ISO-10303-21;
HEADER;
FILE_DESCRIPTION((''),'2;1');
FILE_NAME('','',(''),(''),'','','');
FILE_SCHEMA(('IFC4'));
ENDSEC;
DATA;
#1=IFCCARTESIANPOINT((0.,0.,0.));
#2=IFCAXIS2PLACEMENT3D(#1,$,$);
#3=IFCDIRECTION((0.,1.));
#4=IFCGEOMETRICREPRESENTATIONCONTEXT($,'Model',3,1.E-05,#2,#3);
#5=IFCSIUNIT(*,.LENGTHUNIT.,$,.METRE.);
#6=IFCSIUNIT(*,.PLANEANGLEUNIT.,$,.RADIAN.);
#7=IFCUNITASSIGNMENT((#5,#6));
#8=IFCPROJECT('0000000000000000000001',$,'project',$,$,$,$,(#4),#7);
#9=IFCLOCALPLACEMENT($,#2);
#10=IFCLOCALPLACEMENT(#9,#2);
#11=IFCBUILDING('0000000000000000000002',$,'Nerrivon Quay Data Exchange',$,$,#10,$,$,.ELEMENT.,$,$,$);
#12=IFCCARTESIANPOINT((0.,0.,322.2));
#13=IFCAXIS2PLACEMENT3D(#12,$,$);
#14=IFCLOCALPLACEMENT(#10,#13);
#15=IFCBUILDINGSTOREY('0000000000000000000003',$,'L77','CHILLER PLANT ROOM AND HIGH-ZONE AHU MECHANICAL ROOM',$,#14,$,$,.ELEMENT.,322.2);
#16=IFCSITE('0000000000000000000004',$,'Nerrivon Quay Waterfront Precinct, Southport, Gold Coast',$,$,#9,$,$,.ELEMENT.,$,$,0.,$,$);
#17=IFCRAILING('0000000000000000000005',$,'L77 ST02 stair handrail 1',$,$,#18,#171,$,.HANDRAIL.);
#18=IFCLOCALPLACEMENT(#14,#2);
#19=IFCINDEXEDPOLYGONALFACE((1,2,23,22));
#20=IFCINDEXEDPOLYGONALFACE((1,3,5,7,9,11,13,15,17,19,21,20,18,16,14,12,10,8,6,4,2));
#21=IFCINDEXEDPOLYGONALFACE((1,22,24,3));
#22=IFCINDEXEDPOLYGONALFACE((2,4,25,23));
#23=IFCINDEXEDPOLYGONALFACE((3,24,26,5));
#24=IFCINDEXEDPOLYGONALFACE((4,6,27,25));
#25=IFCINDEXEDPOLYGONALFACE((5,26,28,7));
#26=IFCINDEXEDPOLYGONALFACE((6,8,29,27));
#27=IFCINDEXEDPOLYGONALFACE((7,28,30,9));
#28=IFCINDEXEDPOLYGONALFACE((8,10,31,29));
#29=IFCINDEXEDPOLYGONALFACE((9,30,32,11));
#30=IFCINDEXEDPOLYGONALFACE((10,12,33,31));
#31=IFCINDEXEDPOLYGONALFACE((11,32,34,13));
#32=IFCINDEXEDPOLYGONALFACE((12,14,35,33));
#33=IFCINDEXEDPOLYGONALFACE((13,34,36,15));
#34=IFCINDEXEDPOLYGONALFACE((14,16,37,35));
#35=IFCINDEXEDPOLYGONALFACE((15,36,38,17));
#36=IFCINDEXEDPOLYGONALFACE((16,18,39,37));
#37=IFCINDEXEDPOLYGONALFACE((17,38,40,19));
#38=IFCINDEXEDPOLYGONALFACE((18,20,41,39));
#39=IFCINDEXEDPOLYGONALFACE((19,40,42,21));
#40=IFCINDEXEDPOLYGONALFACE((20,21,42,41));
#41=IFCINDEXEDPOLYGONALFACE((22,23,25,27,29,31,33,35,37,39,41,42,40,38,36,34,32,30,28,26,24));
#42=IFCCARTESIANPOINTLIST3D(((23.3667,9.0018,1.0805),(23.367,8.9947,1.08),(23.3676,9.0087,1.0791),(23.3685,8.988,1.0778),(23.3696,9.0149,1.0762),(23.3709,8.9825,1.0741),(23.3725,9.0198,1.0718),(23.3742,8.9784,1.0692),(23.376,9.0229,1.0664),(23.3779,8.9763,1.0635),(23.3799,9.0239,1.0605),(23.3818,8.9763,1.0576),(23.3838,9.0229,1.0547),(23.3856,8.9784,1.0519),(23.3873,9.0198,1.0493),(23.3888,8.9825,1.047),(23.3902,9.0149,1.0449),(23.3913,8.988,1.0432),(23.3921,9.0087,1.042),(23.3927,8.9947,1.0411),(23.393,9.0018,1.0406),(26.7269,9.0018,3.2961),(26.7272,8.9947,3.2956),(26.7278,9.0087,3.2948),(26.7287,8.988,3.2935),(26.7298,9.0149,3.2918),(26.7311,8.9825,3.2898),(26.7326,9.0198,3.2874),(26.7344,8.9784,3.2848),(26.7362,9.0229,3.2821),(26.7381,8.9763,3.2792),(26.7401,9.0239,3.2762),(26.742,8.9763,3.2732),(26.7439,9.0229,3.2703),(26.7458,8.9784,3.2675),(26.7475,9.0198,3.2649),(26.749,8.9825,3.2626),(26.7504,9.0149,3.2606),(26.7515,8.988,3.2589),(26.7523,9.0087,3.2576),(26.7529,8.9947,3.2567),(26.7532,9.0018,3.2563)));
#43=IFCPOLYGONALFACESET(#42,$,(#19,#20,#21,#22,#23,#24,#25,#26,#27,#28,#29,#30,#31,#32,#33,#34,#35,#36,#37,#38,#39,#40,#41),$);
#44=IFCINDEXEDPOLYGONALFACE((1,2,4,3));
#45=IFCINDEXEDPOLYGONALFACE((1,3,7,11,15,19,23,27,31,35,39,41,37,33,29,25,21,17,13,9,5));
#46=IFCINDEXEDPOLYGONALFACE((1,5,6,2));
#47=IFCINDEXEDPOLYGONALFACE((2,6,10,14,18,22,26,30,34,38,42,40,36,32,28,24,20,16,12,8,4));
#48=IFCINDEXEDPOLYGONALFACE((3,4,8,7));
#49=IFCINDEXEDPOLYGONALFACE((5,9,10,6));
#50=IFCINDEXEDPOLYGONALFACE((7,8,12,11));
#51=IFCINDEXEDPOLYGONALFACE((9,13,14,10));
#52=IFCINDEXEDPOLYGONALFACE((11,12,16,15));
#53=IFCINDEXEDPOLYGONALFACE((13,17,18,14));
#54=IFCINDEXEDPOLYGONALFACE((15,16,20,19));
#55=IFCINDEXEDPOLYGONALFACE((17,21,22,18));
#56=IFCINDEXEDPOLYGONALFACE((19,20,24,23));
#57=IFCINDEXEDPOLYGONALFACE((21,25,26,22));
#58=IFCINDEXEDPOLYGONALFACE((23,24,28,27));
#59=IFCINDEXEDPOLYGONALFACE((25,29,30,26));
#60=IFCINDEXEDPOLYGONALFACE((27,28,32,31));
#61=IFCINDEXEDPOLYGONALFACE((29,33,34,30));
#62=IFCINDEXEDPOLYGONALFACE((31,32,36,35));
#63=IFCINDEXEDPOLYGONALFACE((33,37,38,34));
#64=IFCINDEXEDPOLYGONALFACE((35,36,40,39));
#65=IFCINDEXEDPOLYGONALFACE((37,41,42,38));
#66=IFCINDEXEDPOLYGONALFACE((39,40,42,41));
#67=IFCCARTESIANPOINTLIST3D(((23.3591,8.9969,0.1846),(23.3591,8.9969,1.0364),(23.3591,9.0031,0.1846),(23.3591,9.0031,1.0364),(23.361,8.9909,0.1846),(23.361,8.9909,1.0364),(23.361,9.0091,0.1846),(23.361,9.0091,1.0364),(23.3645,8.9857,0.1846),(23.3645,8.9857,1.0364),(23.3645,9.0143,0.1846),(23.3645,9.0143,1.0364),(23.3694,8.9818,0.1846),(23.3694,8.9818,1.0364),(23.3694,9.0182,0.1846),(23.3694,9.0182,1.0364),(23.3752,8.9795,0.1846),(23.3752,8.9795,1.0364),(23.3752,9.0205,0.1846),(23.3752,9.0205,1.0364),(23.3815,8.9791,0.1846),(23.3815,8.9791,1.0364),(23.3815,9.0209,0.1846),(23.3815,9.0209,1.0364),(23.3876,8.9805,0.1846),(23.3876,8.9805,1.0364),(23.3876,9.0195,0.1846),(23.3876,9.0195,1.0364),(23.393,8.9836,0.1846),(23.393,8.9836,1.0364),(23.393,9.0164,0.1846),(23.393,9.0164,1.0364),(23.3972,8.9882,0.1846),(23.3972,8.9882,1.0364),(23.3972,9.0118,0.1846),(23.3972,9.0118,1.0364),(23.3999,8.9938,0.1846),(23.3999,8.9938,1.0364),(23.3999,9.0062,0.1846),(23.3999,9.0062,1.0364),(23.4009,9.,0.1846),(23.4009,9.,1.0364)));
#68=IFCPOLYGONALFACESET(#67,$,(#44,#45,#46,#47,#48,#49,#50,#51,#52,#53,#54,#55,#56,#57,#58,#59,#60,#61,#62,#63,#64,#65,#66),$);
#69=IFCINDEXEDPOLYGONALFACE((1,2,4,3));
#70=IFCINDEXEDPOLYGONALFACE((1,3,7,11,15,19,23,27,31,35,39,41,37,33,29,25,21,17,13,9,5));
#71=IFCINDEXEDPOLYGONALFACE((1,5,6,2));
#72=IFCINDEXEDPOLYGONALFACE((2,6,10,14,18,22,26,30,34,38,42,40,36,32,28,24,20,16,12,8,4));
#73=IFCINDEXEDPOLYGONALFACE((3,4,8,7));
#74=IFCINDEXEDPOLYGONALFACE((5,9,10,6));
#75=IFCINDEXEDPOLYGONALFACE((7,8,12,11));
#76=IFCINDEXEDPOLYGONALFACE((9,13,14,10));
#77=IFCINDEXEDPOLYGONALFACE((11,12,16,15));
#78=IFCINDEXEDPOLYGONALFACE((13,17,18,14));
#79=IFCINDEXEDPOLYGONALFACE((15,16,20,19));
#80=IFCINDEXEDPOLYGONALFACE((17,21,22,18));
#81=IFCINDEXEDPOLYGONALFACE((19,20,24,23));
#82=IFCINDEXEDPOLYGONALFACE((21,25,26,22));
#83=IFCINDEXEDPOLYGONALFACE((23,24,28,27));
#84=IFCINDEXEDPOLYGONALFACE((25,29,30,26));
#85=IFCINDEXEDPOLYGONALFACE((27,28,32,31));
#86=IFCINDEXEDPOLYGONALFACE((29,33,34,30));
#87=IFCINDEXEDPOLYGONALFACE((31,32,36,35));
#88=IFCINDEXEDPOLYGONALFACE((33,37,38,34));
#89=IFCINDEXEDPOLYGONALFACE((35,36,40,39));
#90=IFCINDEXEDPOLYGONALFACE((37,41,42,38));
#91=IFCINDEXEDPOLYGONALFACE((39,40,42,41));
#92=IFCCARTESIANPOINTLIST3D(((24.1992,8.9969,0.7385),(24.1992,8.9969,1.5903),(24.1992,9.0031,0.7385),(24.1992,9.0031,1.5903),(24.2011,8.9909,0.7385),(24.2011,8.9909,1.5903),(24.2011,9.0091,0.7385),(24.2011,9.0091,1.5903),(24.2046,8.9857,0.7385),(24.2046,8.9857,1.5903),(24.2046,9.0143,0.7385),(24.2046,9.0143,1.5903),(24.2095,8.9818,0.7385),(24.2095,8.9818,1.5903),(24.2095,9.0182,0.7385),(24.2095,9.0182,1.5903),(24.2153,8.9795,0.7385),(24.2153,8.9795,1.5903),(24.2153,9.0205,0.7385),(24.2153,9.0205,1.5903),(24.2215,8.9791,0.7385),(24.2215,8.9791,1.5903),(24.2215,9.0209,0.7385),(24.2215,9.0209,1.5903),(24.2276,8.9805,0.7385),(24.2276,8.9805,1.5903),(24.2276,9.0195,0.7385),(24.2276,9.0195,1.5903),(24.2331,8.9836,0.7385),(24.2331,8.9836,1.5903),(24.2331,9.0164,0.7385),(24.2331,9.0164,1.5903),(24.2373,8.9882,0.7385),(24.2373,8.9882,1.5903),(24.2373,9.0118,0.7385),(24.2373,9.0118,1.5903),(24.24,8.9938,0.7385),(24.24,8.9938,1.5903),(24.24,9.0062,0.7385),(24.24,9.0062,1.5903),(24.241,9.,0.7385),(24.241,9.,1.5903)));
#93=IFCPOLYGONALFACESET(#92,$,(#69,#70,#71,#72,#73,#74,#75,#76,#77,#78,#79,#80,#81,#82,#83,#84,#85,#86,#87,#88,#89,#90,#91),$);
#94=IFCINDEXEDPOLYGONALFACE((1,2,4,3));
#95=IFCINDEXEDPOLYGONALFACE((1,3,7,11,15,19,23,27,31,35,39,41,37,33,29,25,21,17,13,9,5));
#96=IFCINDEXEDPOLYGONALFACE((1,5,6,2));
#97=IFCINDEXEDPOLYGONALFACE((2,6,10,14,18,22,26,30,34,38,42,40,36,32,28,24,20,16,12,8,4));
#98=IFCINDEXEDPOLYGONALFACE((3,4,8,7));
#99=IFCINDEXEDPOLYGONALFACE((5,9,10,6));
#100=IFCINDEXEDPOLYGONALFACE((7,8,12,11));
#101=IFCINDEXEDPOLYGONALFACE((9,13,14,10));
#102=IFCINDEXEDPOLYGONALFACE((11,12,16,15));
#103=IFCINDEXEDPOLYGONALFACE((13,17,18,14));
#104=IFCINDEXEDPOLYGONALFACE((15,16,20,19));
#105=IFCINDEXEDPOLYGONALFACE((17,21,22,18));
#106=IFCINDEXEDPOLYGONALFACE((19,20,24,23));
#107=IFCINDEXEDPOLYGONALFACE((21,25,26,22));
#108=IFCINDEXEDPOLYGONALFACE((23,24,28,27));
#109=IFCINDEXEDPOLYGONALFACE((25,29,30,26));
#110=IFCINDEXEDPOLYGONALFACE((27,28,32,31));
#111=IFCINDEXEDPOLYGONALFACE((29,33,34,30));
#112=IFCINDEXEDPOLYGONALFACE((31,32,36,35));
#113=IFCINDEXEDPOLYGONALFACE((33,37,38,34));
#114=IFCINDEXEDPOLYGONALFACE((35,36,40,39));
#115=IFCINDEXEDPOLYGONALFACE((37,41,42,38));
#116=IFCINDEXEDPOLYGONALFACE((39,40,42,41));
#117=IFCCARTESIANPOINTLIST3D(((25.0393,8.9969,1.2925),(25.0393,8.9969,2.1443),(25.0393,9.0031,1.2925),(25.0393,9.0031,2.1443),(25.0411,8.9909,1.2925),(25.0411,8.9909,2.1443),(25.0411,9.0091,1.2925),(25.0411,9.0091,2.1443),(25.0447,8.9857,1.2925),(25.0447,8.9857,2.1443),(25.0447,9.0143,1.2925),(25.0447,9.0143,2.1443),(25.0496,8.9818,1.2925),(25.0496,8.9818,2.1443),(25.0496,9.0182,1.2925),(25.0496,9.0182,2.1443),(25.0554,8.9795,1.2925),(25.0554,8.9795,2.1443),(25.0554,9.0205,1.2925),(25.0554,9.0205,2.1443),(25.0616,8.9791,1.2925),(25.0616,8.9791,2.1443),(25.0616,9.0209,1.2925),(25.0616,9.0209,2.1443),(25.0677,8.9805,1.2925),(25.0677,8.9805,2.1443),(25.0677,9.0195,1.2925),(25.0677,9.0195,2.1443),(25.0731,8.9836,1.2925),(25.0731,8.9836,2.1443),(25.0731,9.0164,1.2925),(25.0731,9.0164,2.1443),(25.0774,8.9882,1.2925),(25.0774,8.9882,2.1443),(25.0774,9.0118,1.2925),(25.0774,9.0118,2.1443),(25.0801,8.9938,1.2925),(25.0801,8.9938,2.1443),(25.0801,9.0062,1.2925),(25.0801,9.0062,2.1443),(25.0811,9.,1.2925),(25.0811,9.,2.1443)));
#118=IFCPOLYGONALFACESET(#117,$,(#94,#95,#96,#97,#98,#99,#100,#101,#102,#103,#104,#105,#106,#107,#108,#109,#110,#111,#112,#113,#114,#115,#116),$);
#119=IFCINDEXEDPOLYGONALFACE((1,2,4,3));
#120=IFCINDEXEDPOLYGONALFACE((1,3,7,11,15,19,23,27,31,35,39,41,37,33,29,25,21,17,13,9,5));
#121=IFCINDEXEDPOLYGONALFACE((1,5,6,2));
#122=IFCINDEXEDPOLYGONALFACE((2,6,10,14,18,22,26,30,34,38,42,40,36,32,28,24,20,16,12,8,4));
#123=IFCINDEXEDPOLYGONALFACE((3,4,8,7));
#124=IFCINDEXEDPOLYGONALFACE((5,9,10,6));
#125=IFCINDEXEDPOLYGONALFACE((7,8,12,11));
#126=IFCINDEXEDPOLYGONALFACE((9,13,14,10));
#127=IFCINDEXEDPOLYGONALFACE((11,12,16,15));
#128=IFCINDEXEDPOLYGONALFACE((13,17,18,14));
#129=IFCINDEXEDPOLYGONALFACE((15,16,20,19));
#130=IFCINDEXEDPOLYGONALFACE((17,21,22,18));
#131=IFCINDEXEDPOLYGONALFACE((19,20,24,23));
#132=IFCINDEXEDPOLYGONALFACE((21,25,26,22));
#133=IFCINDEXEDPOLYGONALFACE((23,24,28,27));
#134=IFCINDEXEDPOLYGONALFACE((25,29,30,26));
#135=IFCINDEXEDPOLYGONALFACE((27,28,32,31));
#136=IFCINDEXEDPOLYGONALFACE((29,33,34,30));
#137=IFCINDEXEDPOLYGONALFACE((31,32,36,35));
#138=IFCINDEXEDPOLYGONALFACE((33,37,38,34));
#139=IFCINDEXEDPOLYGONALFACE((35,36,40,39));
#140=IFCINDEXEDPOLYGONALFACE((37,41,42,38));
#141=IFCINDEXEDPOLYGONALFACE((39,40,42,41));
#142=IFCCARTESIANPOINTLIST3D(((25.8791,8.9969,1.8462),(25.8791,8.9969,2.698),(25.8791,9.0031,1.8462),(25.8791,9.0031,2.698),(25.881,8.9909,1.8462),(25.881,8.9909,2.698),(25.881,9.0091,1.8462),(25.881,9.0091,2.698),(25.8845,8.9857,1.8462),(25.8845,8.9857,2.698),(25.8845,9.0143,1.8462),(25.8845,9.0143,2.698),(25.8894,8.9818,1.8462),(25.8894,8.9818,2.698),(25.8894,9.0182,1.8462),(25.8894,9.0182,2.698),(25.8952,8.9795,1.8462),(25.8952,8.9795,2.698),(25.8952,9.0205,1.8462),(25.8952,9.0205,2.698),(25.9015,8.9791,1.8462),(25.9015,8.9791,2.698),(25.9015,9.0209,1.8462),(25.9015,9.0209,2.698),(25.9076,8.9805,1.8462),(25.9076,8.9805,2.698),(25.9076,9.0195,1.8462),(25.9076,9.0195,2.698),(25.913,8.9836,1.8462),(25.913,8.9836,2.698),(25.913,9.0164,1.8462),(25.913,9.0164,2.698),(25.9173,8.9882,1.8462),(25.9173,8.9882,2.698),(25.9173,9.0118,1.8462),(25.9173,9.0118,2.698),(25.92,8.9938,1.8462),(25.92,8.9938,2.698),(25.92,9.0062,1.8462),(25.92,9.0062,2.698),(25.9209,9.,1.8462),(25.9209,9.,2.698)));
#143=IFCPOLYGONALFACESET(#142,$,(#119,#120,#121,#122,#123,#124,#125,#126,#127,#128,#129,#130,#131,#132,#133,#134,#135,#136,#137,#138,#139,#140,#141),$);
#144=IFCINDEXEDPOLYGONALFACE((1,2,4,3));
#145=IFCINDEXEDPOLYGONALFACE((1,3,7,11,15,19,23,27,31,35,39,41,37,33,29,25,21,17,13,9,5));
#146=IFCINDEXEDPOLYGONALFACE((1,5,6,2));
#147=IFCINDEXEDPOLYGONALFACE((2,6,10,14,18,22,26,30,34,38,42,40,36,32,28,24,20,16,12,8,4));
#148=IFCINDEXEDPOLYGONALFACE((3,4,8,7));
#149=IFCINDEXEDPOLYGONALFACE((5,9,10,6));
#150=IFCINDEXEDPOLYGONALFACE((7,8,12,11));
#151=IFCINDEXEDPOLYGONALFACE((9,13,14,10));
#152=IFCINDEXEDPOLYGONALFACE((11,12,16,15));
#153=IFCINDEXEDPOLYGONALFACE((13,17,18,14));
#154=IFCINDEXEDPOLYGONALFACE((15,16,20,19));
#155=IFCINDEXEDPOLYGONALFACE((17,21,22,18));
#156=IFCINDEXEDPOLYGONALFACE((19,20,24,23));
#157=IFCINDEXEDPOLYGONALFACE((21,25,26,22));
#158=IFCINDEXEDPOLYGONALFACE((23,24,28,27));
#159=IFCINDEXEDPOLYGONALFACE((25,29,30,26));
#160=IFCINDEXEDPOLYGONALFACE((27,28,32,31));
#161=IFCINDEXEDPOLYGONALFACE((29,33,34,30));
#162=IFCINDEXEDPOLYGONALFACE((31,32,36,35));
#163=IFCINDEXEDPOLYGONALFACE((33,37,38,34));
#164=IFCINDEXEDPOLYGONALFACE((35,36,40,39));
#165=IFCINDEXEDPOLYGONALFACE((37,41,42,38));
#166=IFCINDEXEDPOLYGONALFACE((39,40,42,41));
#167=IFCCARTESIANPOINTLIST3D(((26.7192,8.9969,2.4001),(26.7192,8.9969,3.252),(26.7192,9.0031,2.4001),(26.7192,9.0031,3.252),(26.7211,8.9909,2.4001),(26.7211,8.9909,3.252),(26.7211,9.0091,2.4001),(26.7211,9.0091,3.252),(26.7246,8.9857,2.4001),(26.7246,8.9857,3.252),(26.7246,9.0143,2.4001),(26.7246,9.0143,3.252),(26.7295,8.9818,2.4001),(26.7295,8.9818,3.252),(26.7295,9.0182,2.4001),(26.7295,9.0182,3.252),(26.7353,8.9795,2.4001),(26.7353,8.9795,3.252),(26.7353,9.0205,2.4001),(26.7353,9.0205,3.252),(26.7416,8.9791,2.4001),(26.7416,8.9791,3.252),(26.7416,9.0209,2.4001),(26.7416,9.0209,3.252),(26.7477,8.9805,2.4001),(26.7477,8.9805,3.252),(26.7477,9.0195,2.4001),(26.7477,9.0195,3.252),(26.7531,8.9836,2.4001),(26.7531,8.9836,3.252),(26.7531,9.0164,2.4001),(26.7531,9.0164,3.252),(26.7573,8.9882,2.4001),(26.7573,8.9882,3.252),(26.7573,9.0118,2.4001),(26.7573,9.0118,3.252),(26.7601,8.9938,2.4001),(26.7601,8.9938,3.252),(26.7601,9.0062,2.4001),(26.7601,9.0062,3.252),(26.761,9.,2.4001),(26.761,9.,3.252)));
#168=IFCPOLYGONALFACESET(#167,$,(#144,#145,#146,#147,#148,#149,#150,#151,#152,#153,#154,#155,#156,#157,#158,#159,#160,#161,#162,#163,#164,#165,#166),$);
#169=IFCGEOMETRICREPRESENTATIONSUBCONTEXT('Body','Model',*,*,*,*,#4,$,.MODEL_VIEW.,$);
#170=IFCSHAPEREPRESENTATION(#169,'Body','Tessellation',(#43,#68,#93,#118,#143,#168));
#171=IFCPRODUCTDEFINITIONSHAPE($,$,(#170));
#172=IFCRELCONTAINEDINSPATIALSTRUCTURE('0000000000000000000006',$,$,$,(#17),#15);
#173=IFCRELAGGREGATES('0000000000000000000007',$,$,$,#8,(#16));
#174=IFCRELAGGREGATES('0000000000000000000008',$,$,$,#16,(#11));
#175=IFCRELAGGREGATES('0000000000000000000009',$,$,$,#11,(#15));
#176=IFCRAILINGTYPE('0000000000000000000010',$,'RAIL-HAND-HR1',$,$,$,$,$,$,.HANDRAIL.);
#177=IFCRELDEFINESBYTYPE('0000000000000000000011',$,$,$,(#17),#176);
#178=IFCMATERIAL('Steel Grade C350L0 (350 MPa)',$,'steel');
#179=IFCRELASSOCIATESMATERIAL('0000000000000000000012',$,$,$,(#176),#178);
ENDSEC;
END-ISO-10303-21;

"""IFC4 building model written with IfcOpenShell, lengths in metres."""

from ifc_helpers import new_model, si_unit, direction, frame, origin, origin_2d, place, context, subcontext, project, spatial, circle, extrude, material, type_object, element, save


model = new_model("IFC4")

# Units and contexts
model_context = context("Model", 3, precision=1e-05, world=origin(), true_north=direction((0.0, 1.0)))
body_context = subcontext(model_context, "Body", "Model", "MODEL_VIEW")
ifc_project = project(units=[si_unit("LENGTHUNIT", "METRE"), si_unit("PLANEANGLEUNIT", "RADIAN")], contexts=[model_context])

# Site, building, storey
site_placement = place(None, origin())
site = spatial("IfcSite", under=ifc_project, at=site_placement, Name="Nerrivon Quay Waterfront Precinct, Southport, Gold Coast", CompositionType="ELEMENT", RefElevation=0.0)
building_placement = place(site_placement, origin())
building = spatial("IfcBuilding", under=site, at=building_placement, Name="Nerrivon Quay Data Exchange", CompositionType="ELEMENT")
storey_placement = place(building_placement, frame((0.0, 0.0, 322.2)))
storey = spatial("IfcBuildingStorey", under=building, at=storey_placement, Name="L77", Description="CHILLER PLANT ROOM AND HIGH-ZONE AHU MECHANICAL ROOM", CompositionType="ELEMENT", Elevation=322.2)

# Railing
ifc_material_1 = material(Name="Steel Grade C350L0 (350 MPa)", Category="steel")
railing_type_1 = type_object("IfcRailingType", Name="RAIL-HAND-HR1", PredefinedType="HANDRAIL", material=ifc_material_1)
railing_1_placement = place(storey_placement, frame((23.3799, 9.0, 0.1846)))
element("IfcRailing", 1, at=railing_1_placement, inside=storey, type_object=railing_type_1, Name="L77 ST02 stair handrail 1", PredefinedType="HANDRAIL", context=body_context, shape_type="SweptSolid", body=[
    extrude(circle(Radius=0.0239, at=origin_2d()), frame((0.0, 0.0, 0.876), z_axis=(0.834849, 0.0, 0.55048), x_axis=(0.0, 1.0, 0.0)), (0.0, 0.0, 1.0), 4.0249),
    extrude(circle(Radius=0.021, at=origin_2d()), origin(), (0.0, 0.0, 1.0), 0.8518),
    extrude(circle(Radius=0.021, at=origin_2d()), frame((0.8401, 0.0, 0.554)), (0.0, 0.0, 1.0), 0.8518),
    extrude(circle(Radius=0.021, at=origin_2d()), frame((1.6802, 0.0, 1.1079)), (0.0, 0.0, 1.0), 0.8518),
    extrude(circle(Radius=0.021, at=origin_2d()), frame((2.52, 0.0, 1.6616)), (0.0, 0.0, 1.0), 0.8518),
    extrude(circle(Radius=0.021, at=origin_2d()), frame((3.3601, 0.0, 2.2156)), (0.0, 0.0, 1.0), 0.8518),
])

save(model, "model.ifc")
